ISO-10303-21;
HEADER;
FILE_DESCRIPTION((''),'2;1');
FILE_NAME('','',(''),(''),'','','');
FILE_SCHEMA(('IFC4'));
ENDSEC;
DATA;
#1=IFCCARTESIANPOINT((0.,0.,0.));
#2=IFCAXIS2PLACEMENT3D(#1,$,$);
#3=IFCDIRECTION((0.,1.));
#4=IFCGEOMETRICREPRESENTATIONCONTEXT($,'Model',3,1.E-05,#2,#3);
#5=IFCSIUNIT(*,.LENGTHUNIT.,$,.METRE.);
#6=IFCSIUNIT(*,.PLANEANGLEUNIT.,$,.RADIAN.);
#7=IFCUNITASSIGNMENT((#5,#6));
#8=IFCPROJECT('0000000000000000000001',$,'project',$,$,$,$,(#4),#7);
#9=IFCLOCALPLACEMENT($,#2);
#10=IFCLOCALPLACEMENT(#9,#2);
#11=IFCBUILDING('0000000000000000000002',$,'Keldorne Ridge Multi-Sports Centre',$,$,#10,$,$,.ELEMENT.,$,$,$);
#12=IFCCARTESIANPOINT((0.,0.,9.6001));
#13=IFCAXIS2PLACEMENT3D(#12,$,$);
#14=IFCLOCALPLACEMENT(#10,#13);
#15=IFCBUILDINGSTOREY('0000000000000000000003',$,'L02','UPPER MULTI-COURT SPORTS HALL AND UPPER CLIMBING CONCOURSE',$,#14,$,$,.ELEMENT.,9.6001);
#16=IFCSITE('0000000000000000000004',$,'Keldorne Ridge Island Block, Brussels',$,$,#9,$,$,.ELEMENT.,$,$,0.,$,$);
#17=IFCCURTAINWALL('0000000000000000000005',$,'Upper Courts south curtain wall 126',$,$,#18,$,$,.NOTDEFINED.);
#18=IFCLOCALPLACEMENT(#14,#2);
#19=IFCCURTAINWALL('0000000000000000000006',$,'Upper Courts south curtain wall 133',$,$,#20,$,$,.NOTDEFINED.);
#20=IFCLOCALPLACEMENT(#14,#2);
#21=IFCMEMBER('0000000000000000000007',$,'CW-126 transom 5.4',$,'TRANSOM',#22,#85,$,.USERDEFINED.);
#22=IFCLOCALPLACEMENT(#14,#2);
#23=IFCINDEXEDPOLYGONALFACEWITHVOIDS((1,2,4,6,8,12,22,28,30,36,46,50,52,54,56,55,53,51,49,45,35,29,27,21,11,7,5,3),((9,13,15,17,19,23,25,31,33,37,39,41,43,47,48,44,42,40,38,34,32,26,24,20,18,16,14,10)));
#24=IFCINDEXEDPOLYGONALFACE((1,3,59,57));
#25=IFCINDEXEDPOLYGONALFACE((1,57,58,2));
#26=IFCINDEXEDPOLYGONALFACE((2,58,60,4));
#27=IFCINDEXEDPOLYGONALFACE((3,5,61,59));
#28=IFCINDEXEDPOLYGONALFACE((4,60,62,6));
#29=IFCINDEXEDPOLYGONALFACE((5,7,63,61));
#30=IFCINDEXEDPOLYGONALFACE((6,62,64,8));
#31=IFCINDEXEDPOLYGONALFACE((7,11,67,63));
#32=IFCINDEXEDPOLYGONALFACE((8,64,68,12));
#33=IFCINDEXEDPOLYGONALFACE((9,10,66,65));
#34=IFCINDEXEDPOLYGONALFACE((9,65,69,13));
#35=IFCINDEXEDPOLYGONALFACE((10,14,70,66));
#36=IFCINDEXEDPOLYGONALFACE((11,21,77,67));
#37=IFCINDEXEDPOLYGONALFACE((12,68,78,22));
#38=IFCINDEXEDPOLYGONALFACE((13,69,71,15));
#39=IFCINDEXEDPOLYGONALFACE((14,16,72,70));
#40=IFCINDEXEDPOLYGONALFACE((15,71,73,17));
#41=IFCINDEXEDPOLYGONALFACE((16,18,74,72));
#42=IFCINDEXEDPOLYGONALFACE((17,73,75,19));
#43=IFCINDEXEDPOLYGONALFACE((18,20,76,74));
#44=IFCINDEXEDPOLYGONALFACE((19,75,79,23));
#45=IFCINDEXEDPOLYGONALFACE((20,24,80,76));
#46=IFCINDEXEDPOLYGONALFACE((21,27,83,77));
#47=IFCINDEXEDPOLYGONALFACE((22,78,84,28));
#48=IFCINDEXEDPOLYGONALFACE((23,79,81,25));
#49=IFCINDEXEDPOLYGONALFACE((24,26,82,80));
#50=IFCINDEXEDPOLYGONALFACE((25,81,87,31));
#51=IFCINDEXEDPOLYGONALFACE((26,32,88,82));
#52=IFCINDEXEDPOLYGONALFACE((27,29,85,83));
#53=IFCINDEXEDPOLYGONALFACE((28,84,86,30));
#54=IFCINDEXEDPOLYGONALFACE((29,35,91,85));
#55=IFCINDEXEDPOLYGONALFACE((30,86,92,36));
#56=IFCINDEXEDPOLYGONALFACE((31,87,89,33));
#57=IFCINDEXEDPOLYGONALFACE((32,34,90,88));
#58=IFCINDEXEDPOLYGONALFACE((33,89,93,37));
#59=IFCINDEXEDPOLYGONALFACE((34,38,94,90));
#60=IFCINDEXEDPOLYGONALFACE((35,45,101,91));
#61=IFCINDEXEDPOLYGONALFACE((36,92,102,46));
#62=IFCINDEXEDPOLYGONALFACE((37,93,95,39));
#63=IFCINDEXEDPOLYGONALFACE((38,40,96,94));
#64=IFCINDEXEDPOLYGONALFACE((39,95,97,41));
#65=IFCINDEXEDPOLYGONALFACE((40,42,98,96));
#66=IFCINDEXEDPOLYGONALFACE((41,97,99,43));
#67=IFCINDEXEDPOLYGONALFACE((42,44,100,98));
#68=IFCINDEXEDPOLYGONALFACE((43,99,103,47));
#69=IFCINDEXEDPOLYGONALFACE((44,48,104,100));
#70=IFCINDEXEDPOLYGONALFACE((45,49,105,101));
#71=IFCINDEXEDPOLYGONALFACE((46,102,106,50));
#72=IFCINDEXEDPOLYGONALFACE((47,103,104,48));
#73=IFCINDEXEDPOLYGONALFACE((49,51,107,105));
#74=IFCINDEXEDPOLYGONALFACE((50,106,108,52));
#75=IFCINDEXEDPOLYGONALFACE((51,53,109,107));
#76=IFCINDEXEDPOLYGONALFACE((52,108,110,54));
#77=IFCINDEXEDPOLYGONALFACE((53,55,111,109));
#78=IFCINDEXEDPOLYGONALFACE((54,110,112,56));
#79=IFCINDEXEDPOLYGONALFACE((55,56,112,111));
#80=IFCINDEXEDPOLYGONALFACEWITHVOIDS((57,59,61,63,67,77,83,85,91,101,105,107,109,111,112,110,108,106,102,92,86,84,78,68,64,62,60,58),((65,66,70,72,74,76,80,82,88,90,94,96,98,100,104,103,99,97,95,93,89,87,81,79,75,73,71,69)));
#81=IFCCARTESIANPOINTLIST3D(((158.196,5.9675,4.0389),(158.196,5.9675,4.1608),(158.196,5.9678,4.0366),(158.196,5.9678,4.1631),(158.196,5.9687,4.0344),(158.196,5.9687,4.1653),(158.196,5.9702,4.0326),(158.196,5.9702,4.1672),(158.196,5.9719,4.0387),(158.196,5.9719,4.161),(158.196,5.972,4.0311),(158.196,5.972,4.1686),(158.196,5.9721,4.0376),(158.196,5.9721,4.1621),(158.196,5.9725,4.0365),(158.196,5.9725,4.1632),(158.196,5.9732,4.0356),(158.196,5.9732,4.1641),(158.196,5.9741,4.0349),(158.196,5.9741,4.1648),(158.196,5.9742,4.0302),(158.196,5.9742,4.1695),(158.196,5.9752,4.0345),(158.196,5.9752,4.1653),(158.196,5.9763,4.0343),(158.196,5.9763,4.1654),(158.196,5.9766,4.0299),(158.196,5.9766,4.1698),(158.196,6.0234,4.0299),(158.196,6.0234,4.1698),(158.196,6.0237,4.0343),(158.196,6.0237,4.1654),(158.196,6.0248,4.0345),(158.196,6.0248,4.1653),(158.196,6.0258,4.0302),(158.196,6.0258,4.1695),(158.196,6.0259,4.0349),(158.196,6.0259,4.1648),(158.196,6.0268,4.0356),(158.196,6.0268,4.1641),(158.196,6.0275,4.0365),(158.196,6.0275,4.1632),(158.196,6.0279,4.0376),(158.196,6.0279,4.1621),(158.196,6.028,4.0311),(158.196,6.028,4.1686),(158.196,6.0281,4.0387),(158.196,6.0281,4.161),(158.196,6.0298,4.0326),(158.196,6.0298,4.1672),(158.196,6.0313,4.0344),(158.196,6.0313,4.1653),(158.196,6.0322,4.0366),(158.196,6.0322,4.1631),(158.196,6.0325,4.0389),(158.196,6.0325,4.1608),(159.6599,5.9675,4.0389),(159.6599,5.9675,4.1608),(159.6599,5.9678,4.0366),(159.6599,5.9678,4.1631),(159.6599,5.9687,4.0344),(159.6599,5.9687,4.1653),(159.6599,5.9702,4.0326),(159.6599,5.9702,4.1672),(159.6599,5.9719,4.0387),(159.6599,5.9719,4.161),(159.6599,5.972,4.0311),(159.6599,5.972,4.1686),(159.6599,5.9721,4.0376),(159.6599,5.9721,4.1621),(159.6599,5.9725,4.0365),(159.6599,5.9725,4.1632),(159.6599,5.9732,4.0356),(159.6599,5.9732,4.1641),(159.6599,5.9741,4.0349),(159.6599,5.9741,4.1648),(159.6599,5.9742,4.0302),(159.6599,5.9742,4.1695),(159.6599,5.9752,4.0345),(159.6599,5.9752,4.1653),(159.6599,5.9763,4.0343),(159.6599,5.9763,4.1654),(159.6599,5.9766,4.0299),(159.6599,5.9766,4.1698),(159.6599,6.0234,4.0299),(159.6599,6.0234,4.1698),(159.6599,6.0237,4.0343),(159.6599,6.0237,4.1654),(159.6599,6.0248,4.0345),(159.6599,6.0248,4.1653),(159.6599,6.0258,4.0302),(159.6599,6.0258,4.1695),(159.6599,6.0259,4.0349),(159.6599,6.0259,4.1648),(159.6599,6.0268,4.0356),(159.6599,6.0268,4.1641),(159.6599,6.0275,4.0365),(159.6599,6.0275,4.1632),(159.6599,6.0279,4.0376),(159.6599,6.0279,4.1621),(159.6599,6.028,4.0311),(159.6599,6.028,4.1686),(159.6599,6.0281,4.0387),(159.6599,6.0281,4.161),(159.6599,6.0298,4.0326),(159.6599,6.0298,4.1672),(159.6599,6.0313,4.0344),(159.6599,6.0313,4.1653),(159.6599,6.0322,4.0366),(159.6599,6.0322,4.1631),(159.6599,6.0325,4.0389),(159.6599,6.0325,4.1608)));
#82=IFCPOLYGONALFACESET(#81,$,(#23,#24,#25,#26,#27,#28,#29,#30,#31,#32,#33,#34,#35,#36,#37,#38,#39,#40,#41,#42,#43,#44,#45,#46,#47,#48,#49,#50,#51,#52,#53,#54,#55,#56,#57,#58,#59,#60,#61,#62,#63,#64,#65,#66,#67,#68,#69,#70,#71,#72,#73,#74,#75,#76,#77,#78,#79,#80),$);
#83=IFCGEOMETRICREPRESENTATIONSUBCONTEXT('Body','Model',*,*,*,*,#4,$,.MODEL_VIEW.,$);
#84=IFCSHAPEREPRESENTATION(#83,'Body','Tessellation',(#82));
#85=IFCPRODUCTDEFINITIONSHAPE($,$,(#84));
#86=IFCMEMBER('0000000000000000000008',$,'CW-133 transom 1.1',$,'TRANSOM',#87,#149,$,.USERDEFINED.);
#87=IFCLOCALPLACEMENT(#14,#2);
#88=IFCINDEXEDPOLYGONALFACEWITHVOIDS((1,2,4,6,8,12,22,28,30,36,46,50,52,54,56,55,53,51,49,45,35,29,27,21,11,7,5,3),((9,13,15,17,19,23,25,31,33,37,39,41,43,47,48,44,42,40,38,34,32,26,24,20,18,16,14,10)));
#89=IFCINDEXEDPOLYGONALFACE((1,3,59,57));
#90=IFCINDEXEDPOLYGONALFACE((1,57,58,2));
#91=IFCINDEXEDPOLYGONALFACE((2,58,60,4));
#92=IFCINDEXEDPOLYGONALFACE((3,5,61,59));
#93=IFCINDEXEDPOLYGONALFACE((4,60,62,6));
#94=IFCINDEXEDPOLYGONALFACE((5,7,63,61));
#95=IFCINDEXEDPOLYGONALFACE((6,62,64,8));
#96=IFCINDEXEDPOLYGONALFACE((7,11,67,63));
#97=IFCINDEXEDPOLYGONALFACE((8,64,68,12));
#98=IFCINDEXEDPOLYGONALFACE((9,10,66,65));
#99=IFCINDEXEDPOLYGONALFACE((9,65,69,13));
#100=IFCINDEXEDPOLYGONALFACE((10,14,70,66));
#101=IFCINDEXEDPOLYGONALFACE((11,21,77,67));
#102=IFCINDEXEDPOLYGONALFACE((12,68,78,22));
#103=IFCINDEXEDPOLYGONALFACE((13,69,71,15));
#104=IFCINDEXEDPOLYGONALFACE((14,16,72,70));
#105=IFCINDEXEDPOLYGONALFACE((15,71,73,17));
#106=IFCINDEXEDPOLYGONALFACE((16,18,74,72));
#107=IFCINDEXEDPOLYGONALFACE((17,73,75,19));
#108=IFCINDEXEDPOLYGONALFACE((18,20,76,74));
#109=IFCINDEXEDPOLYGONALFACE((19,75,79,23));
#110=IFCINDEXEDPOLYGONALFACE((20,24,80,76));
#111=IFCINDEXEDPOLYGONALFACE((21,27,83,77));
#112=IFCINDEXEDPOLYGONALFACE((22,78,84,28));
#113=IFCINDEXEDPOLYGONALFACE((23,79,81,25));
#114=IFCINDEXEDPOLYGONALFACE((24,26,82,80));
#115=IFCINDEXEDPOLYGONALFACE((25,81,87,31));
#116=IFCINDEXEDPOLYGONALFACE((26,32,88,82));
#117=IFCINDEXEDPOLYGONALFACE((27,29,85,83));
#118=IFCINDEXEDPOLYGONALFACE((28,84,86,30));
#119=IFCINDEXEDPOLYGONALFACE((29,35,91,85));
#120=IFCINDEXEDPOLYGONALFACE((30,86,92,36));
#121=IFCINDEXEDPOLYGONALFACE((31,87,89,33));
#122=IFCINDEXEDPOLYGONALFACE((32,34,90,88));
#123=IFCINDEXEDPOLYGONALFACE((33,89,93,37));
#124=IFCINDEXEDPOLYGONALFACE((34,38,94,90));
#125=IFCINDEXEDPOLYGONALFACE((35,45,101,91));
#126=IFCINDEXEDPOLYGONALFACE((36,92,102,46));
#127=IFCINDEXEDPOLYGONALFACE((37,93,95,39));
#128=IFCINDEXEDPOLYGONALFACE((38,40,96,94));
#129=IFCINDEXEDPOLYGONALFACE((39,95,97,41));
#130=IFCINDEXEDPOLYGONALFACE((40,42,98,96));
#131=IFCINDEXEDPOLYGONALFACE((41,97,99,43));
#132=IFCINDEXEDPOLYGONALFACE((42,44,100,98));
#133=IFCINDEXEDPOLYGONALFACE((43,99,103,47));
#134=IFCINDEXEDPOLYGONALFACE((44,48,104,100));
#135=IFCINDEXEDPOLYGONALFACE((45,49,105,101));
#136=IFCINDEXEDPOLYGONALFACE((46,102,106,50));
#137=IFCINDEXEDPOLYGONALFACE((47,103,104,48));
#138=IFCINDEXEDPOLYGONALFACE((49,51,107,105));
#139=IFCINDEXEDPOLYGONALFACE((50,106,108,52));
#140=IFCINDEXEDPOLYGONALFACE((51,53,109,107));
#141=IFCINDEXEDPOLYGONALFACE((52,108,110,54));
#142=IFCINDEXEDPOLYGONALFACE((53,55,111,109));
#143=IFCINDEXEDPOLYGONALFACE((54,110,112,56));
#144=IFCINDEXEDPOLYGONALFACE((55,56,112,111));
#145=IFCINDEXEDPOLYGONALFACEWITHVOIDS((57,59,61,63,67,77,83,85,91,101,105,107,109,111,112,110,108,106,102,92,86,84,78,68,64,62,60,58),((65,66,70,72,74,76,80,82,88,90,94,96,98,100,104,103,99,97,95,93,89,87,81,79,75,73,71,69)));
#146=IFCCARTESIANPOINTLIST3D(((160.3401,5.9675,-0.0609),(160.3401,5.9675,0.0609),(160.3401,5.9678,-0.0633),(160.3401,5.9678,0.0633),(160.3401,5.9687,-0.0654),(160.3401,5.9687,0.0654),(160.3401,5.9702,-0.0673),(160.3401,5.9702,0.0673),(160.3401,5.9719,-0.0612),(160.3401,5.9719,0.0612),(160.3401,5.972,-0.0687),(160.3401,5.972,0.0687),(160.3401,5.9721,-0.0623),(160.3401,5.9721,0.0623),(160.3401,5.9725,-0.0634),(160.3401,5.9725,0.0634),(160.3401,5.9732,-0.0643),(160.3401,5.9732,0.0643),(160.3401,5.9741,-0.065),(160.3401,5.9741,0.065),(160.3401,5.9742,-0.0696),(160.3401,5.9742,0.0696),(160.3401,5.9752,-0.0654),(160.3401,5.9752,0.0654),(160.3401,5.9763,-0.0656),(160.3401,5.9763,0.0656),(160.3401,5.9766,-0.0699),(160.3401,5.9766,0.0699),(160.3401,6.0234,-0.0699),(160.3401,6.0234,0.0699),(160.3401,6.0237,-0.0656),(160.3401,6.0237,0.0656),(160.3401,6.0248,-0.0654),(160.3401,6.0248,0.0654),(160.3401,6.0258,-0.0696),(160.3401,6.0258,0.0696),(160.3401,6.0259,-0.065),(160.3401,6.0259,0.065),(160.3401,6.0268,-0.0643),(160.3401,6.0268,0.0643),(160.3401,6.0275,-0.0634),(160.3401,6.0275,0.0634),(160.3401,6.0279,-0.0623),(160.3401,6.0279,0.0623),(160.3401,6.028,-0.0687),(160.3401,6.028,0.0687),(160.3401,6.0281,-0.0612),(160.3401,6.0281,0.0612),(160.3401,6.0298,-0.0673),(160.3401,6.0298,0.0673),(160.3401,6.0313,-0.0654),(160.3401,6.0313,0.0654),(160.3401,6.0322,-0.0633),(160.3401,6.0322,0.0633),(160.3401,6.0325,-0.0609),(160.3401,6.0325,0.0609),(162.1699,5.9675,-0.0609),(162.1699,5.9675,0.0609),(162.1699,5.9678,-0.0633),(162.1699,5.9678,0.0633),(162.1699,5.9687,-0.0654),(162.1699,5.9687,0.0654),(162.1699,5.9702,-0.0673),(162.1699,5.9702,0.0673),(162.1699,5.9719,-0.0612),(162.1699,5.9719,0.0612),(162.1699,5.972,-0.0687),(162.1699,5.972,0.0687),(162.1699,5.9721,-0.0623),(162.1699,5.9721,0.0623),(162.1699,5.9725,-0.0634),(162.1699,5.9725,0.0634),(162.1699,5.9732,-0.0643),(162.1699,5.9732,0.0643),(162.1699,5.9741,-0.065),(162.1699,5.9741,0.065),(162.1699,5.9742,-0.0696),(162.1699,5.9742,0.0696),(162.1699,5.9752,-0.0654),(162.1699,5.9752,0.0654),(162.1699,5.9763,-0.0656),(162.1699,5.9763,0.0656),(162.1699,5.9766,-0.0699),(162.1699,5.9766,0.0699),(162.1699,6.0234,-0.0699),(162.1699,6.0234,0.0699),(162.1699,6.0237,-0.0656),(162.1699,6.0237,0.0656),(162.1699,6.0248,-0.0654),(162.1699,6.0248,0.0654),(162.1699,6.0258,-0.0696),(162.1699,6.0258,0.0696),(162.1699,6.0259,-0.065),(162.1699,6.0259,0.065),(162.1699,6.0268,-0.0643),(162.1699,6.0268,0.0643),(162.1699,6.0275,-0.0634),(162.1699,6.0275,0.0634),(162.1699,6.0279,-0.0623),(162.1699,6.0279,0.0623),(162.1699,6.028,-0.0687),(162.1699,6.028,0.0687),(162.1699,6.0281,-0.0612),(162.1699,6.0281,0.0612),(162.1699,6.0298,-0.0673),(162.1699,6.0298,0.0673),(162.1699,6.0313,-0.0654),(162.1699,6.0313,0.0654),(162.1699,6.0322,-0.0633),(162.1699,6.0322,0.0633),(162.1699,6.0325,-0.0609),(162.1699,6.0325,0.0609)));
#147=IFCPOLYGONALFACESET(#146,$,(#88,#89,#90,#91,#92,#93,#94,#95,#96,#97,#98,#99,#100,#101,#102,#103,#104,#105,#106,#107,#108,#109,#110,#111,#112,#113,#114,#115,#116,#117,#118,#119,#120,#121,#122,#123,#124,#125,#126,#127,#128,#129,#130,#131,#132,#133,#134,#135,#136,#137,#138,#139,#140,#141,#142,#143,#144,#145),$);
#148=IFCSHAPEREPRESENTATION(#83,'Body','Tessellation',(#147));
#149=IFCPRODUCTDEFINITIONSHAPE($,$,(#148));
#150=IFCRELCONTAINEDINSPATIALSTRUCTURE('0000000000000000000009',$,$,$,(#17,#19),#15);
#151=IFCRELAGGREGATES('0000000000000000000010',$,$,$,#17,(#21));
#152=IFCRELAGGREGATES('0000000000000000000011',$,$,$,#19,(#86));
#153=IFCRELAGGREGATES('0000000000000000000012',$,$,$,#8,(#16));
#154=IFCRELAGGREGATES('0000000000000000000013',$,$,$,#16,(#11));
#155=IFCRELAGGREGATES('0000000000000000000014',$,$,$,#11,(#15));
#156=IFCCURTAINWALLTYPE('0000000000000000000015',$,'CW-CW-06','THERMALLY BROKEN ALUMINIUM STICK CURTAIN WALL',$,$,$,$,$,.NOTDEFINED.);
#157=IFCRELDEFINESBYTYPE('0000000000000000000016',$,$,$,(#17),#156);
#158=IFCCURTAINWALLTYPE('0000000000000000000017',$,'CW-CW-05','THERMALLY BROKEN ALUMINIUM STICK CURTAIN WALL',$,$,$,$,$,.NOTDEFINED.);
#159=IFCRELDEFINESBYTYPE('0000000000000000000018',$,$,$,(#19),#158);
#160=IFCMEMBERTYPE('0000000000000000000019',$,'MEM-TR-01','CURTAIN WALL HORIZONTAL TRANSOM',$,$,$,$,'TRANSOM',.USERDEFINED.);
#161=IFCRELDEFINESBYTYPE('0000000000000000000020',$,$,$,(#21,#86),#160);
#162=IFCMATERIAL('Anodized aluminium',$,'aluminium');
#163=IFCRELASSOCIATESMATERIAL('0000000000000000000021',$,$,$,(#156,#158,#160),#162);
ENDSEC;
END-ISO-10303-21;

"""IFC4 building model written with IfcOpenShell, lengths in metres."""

from ifc_helpers import new_model, si_unit, direction, frame, origin, origin_2d, place, context, subcontext, project, spatial, hollow_rectangle, extrude, material, material_profile, profile_set, type_object, element, aggregate, save


model = new_model("IFC4")

# Units and contexts
model_context = context("Model", 3, precision=1e-05, world=origin(), true_north=direction((0.0, 1.0)))
body_context = subcontext(model_context, "Body", "Model", "MODEL_VIEW")
ifc_project = project(units=[si_unit("LENGTHUNIT", "METRE"), si_unit("PLANEANGLEUNIT", "RADIAN")], contexts=[model_context])

# Site, building, storey
site_placement = place(None, origin())
site = spatial("IfcSite", under=ifc_project, at=site_placement, Name="Keldorne Ridge Island Block, Brussels", CompositionType="ELEMENT", RefElevation=0.0)
building_placement = place(site_placement, origin())
building = spatial("IfcBuilding", under=site, at=building_placement, Name="Keldorne Ridge Multi-Sports Centre", CompositionType="ELEMENT")
storey_placement = place(building_placement, frame((0.0, 0.0, 9.6001)))
storey = spatial("IfcBuildingStorey", under=building, at=storey_placement, Name="L02", Description="UPPER MULTI-COURT SPORTS HALL AND UPPER CLIMBING CONCOURSE", CompositionType="ELEMENT", Elevation=9.6001)

# Curtain wall
ifc_material_1 = material(Name="Anodized aluminium", Category="aluminium")
curtain_wall_type_1 = type_object("IfcCurtainWallType", Name="CW-CW-06", Description="THERMALLY BROKEN ALUMINIUM STICK CURTAIN WALL", PredefinedType="NOTDEFINED", material=ifc_material_1)
curtain_wall_1_placement = place(storey_placement, origin())
curtain_wall_1 = element("IfcCurtainWall", 1, at=curtain_wall_1_placement, inside=storey, type_object=curtain_wall_type_1, Name="Upper Courts south curtain wall 126", PredefinedType="NOTDEFINED")

# Curtain wall
curtain_wall_type_2 = type_object("IfcCurtainWallType", Name="CW-CW-05", Description="THERMALLY BROKEN ALUMINIUM STICK CURTAIN WALL", PredefinedType="NOTDEFINED", material=ifc_material_1)
curtain_wall_2_placement = place(storey_placement, origin())
curtain_wall_2 = element("IfcCurtainWall", 2, at=curtain_wall_2_placement, inside=storey, type_object=curtain_wall_type_2, Name="Upper Courts south curtain wall 133", PredefinedType="NOTDEFINED")

# Members
ifc_material_profile_1 = material_profile(ifc_material_1, hollow_rectangle(XDim=0.0649, YDim=0.1399, WallThickness=0.0044, InnerFilletRadius=0.0044, OuterFilletRadius=0.009, at=origin_2d()), Name="ALU TRANSOM 140x65x4.5")
ifc_profile_set_1 = profile_set([ifc_material_profile_1], Name="Anodized aluminium")
member_type_1 = type_object("IfcMemberType", Name="MEM-TR-01", Description="CURTAIN WALL HORIZONTAL TRANSOM", ElementType="TRANSOM", PredefinedType="USERDEFINED", material=ifc_profile_set_1)
member_1_placement = place(storey_placement, frame((158.196, 6.0, 4.0999), z_axis=(1.0, 0.0, 0.0), x_axis=(0.0, 1.0, 0.0)))
member_1 = element("IfcMember", 3, at=member_1_placement, type_object=member_type_1, Name="CW-126 transom 5.4", ObjectType="TRANSOM", PredefinedType="USERDEFINED", context=body_context, shape_type="SweptSolid", body=[
    extrude(hollow_rectangle(XDim=0.0649, YDim=0.1399, WallThickness=0.0044, InnerFilletRadius=0.0044, OuterFilletRadius=0.009, at=origin_2d()), origin(), (0.0, 0.0, 1.0), 1.4639),
])
member_2_placement = place(storey_placement, frame((160.3401, 6.0, 0.0), z_axis=(1.0, 0.0, 0.0), x_axis=(0.0, 1.0, 0.0)))
member_2 = element("IfcMember", 4, at=member_2_placement, type_object=member_type_1, Name="CW-133 transom 1.1", ObjectType="TRANSOM", PredefinedType="USERDEFINED", context=body_context, shape_type="SweptSolid", body=[
    extrude(hollow_rectangle(XDim=0.0649, YDim=0.1399, WallThickness=0.0044, InnerFilletRadius=0.0044, OuterFilletRadius=0.009, at=origin_2d()), origin(), (0.0, 0.0, 1.0), 1.8298),
])

aggregate(curtain_wall_1, [member_1])
aggregate(curtain_wall_2, [member_2])

save(model, "model.ifc")
